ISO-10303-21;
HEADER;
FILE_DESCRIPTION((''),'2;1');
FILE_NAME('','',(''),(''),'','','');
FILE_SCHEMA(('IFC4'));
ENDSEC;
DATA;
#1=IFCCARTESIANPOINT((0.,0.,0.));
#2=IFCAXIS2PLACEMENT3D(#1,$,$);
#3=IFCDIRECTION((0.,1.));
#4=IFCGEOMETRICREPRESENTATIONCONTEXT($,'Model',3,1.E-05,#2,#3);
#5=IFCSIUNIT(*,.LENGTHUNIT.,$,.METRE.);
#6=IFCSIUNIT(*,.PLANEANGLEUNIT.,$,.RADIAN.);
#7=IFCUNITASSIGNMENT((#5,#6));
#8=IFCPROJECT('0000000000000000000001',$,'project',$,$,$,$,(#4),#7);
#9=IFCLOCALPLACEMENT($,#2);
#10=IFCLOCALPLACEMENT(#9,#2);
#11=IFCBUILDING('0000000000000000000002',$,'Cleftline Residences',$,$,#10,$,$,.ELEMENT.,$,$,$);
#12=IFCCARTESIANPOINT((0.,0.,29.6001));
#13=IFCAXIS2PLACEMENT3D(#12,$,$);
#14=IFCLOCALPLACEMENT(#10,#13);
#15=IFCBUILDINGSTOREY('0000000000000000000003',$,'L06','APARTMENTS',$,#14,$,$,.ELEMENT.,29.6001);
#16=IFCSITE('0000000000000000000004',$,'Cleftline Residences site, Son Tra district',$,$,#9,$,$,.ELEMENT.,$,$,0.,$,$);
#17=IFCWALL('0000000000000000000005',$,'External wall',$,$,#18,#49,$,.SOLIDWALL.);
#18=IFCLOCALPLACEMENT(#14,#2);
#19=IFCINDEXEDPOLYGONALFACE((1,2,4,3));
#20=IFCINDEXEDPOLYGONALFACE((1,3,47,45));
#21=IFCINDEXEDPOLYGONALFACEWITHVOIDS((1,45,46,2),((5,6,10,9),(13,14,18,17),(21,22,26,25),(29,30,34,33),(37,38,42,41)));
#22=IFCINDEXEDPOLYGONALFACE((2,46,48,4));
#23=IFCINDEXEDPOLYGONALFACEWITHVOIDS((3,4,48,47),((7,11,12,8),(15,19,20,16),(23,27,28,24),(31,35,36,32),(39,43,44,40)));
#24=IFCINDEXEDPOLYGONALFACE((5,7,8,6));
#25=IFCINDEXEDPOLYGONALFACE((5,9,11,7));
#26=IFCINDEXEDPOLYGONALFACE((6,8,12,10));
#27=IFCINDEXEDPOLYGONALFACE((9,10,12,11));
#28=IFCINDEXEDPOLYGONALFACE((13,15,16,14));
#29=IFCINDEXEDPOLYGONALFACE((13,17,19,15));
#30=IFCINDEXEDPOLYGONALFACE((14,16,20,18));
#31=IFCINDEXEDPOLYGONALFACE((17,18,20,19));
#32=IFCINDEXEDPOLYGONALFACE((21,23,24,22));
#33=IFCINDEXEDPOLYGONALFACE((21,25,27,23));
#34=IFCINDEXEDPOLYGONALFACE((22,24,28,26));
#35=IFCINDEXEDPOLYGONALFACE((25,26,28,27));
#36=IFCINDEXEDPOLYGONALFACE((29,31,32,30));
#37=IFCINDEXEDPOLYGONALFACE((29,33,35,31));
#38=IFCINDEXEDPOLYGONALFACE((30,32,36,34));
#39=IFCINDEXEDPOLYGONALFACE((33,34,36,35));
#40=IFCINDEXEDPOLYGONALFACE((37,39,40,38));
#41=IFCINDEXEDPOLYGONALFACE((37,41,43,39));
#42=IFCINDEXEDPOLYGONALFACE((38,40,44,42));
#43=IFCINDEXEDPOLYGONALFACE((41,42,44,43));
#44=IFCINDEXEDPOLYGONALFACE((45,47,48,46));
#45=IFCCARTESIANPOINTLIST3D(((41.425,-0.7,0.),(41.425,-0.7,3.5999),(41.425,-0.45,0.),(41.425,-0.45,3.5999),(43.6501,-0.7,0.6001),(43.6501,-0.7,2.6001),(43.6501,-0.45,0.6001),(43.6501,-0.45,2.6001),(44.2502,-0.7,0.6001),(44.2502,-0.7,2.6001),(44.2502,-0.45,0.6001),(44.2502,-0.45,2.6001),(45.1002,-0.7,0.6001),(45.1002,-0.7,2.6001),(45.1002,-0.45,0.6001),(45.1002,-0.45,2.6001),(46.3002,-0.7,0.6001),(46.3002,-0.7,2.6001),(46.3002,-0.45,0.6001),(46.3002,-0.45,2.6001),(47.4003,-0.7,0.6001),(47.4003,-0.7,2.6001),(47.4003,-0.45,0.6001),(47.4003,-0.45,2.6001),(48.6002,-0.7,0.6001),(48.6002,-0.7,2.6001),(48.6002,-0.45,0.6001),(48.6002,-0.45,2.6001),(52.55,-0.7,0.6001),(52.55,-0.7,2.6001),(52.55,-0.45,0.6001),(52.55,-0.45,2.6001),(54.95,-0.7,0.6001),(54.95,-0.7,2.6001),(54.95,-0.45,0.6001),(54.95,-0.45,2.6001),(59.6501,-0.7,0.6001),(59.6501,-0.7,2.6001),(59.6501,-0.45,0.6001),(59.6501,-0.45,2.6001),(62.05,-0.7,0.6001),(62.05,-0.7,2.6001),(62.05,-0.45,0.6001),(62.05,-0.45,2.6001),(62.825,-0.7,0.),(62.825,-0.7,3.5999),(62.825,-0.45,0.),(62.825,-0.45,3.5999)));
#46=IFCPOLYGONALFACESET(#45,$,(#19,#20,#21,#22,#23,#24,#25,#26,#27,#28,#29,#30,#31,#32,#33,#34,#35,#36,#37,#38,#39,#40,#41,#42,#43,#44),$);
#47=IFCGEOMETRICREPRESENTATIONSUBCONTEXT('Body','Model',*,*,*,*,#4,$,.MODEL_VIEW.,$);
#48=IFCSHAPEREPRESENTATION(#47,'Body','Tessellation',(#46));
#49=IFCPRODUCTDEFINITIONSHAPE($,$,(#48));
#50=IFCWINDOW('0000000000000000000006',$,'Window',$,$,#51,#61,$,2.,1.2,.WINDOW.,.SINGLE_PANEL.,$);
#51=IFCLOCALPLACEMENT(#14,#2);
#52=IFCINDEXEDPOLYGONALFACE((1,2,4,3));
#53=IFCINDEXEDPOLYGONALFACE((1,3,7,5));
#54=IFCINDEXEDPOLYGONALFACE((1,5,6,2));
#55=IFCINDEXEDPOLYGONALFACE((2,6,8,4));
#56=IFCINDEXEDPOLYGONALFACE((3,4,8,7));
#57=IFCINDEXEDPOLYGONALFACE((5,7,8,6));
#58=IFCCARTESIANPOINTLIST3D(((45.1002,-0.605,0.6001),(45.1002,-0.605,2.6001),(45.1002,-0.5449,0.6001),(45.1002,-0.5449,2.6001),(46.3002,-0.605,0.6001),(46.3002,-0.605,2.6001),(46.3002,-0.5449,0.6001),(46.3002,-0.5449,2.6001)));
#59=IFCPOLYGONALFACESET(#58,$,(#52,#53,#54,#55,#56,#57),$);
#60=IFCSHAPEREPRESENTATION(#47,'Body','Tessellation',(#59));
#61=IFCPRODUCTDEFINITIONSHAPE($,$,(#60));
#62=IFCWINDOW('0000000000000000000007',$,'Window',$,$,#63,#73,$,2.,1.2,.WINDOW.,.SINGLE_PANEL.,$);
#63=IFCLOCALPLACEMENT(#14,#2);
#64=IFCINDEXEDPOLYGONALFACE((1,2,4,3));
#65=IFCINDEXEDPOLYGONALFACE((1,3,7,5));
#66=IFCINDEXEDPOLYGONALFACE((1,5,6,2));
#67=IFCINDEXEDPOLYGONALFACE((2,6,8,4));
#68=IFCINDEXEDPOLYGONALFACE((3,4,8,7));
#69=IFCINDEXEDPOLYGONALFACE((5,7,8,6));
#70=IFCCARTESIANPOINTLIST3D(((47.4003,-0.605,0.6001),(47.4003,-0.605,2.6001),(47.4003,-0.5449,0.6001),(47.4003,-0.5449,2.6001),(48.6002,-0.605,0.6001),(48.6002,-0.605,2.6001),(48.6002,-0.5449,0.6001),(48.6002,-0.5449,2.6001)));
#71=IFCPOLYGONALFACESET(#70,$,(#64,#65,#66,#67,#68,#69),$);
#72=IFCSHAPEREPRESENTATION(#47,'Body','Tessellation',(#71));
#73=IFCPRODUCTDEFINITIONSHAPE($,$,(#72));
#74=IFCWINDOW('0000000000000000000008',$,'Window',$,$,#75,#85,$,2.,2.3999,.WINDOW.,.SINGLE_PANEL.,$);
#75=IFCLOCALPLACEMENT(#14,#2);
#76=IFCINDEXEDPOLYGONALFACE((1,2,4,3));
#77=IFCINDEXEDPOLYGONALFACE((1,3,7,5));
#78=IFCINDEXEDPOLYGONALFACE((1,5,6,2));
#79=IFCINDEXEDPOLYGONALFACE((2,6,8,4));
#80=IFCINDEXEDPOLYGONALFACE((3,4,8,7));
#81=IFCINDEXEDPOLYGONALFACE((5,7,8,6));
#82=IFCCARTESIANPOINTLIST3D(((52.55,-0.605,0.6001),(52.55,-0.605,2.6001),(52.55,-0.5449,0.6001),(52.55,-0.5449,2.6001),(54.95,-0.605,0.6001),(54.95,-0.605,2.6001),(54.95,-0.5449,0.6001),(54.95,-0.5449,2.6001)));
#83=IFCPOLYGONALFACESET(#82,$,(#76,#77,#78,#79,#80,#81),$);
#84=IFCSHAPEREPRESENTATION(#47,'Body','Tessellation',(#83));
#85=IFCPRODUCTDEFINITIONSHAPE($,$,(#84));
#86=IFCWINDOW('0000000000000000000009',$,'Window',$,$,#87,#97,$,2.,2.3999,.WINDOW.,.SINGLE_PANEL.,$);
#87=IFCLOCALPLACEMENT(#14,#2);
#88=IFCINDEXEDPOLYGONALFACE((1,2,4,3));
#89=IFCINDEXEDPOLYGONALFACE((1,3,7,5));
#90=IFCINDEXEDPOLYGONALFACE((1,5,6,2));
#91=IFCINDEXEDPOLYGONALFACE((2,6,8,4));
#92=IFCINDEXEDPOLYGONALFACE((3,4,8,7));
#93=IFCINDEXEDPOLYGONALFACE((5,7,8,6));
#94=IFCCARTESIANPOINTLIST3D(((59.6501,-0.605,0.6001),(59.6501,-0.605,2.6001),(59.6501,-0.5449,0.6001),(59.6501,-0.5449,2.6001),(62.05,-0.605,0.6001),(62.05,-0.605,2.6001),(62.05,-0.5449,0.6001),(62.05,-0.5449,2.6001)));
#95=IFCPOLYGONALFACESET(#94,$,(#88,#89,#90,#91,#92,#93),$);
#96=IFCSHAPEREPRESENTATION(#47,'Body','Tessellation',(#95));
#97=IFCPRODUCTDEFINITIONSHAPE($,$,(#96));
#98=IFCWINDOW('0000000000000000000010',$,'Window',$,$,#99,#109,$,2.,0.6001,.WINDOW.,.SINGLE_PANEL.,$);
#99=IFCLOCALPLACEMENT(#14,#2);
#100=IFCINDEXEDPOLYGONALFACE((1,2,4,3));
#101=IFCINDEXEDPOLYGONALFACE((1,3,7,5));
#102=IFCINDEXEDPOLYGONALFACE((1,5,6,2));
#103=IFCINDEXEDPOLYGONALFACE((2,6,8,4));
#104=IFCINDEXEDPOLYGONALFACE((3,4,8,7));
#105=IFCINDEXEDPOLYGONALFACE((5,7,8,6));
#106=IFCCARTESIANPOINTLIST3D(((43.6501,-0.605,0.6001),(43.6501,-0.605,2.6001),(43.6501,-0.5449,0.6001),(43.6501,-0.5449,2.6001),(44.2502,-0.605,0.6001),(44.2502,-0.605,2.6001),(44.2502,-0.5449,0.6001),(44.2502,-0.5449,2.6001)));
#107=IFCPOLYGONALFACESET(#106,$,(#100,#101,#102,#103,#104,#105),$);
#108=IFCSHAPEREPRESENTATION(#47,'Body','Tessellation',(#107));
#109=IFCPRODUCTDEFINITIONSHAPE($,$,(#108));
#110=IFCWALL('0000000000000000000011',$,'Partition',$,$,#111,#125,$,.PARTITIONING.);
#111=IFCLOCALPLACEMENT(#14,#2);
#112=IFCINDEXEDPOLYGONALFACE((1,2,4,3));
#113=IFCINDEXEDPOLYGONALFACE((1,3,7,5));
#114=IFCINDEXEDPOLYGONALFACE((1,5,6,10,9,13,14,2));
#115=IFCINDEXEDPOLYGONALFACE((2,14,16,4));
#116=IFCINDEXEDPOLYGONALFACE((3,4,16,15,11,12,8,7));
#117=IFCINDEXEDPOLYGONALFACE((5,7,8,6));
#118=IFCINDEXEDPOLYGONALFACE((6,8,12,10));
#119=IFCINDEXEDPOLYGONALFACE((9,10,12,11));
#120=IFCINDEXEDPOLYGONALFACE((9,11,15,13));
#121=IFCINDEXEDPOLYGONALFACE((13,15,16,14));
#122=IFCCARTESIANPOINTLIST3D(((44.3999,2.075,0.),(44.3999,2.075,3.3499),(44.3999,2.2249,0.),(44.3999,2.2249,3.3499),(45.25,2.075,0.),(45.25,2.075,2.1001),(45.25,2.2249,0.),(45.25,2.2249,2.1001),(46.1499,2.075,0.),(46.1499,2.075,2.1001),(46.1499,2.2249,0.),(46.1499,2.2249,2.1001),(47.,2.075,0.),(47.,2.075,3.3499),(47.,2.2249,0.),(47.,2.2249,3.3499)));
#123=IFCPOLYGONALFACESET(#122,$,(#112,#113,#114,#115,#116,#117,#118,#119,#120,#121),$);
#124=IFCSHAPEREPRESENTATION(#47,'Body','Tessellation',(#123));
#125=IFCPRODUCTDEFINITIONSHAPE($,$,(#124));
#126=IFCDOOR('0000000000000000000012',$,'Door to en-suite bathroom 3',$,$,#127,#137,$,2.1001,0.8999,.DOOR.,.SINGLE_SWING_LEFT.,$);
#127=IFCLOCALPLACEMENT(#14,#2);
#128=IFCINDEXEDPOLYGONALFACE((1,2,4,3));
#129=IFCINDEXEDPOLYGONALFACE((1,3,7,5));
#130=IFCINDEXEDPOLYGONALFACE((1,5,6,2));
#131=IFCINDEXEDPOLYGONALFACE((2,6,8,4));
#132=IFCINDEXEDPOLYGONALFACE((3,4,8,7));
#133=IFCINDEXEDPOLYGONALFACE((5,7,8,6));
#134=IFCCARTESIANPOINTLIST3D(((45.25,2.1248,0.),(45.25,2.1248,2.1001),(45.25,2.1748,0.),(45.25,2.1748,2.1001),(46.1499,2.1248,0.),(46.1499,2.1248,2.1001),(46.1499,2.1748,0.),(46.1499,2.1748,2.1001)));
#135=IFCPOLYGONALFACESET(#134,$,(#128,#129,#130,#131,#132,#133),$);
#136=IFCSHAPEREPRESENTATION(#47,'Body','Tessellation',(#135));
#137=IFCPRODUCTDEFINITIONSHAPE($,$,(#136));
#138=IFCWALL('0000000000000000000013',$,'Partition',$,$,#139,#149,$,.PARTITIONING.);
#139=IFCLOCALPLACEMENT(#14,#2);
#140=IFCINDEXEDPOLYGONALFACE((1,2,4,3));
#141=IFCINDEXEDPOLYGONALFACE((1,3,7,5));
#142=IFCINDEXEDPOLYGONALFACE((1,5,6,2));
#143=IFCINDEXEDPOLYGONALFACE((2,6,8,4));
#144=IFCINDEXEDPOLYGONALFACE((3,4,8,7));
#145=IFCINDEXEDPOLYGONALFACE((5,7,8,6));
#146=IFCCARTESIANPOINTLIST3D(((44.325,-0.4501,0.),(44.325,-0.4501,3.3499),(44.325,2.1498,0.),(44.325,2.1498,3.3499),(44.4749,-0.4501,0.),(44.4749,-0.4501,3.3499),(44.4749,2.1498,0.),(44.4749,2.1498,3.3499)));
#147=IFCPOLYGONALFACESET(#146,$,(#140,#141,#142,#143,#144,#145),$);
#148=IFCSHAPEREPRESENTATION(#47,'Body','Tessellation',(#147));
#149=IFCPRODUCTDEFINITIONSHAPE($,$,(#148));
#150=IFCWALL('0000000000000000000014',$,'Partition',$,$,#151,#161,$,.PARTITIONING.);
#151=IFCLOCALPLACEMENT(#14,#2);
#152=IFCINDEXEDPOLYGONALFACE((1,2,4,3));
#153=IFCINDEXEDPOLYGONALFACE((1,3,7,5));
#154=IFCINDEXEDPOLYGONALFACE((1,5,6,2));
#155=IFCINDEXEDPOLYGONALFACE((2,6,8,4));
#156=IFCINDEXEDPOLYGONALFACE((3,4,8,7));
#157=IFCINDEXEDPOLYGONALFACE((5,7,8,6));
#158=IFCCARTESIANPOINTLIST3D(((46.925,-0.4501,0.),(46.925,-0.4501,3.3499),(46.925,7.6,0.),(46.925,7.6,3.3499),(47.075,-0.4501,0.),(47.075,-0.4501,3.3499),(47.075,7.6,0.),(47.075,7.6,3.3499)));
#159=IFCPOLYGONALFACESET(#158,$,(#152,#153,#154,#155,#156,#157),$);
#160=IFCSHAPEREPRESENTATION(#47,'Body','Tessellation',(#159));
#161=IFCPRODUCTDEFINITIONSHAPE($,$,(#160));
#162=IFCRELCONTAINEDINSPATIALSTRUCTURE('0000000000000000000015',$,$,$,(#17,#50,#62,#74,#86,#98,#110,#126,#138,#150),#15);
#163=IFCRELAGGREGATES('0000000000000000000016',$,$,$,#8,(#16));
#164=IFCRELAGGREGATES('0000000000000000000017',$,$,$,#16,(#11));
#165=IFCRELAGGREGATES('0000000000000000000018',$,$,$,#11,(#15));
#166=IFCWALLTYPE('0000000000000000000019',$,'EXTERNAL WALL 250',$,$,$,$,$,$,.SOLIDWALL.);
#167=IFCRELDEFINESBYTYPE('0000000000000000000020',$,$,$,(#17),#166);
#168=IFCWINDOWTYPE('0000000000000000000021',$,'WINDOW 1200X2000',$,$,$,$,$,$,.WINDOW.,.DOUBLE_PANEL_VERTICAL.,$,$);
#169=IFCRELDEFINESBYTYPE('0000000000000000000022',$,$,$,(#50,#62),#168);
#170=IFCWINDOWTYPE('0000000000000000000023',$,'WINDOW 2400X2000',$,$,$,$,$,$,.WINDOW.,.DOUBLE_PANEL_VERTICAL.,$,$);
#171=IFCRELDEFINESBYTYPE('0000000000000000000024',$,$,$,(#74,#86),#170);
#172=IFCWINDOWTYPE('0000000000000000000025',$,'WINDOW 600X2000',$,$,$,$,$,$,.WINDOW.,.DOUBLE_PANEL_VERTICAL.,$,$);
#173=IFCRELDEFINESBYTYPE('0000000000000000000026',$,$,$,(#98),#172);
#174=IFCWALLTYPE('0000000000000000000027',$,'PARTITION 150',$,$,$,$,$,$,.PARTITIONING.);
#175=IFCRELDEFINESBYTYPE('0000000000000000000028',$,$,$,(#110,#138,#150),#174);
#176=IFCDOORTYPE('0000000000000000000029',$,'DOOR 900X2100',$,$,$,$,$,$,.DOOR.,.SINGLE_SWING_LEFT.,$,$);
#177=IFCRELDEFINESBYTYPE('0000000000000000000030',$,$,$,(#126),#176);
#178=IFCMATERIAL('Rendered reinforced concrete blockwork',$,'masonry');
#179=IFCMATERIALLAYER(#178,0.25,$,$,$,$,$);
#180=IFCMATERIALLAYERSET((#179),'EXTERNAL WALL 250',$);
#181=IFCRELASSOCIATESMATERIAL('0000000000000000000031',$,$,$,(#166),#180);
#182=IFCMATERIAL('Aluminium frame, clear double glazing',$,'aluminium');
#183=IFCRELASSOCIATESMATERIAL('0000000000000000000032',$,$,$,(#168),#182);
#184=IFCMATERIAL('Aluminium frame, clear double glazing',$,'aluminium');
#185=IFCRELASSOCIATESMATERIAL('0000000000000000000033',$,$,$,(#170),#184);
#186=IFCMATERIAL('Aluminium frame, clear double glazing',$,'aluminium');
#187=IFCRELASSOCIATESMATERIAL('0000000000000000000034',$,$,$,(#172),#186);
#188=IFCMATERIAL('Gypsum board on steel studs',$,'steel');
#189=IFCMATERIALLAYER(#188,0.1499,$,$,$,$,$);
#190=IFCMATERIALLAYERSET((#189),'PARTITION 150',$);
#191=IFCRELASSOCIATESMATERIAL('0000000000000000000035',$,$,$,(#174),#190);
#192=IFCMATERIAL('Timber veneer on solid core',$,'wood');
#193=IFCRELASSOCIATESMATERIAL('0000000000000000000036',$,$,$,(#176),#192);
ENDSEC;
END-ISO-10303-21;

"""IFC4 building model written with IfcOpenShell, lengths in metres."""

from ifc_helpers import new_model, si_unit, direction, frame, frame_2d, origin, place, context, subcontext, project, spatial, rectangle, extrude, material, layer, layer_set, type_object, element, fill, save


model = new_model("IFC4")

# Units and contexts
model_context = context("Model", 3, precision=1e-05, world=origin(), true_north=direction((0.0, 1.0)))
body_context = subcontext(model_context, "Body", "Model", "MODEL_VIEW")
ifc_project = project(units=[si_unit("LENGTHUNIT", "METRE"), si_unit("PLANEANGLEUNIT", "RADIAN")], contexts=[model_context])

# Site, building, storey
site_placement = place(None, origin())
site = spatial("IfcSite", under=ifc_project, at=site_placement, Name="Cleftline Residences site, Son Tra district", CompositionType="ELEMENT", RefElevation=0.0)
building_placement = place(site_placement, origin())
building = spatial("IfcBuilding", under=site, at=building_placement, Name="Cleftline Residences", CompositionType="ELEMENT")
storey_placement = place(building_placement, frame((0.0, 0.0, 29.6001)))
storey = spatial("IfcBuildingStorey", under=building, at=storey_placement, Name="L06", Description="APARTMENTS", CompositionType="ELEMENT", Elevation=29.6001)

# Wall, openings, windows
ifc_material_1 = material(Name="Rendered reinforced concrete blockwork", Category="masonry")
ifc_layer_1 = layer(ifc_material_1, 0.25)
ifc_layer_set_1 = layer_set([ifc_layer_1], Name="EXTERNAL WALL 250")
wall_type_1 = type_object("IfcWallType", Name="EXTERNAL WALL 250", PredefinedType="SOLIDWALL", material=ifc_layer_set_1)
wall_1_placement = place(storey_placement, frame((41.425, -0.575, 0.0), z_axis=(0.0, 0.0, 1.0), x_axis=(1.0, 0.0, 0.0)))
wall_1 = element("IfcWall", 1, at=wall_1_placement, inside=storey, type_object=wall_type_1, Name="External wall", PredefinedType="SOLIDWALL", context=body_context, shape_type="SweptSolid", body=[
    extrude(rectangle(XDim=21.3999, YDim=0.25, at=frame_2d((10.7, 0.0))), origin(), (0.0, 0.0, 1.0), 3.5999),
])
opening_1_placement = place(wall_1_placement, frame((2.2251, 0.0, 0.6001)))
opening_1 = element("IfcOpeningElement", 2, at=opening_1_placement, cuts=wall_1, PredefinedType="OPENING", context=body_context, shape_type="SweptSolid", body=[
    extrude(rectangle(XDim=0.6001, YDim=2.0, at=frame_2d((0.3, 1.0))), frame((0.0, 0.135, 0.0), z_axis=(0.0, -1.0, 0.0), x_axis=(1.0, 0.0, 0.0)), (0.0, 0.0, 1.0), 0.27),
])
opening_2_placement = place(wall_1_placement, frame((3.675, 0.0, 0.6001)))
opening_2 = element("IfcOpeningElement", 3, at=opening_2_placement, cuts=wall_1, PredefinedType="OPENING", context=body_context, shape_type="SweptSolid", body=[
    extrude(rectangle(XDim=1.2, YDim=2.0, at=frame_2d((0.6001, 1.0))), frame((0.0, 0.135, 0.0), z_axis=(0.0, -1.0, 0.0), x_axis=(1.0, 0.0, 0.0)), (0.0, 0.0, 1.0), 0.27),
])
opening_3_placement = place(wall_1_placement, frame((5.9751, 0.0, 0.6001)))
opening_3 = element("IfcOpeningElement", 4, at=opening_3_placement, cuts=wall_1, PredefinedType="OPENING", context=body_context, shape_type="SweptSolid", body=[
    extrude(rectangle(XDim=1.2, YDim=2.0, at=frame_2d((0.6001, 1.0))), frame((0.0, 0.135, 0.0), z_axis=(0.0, -1.0, 0.0), x_axis=(1.0, 0.0, 0.0)), (0.0, 0.0, 1.0), 0.27),
])
opening_4_placement = place(wall_1_placement, frame((11.125, 0.0, 0.6001)))
opening_4 = element("IfcOpeningElement", 5, at=opening_4_placement, cuts=wall_1, PredefinedType="OPENING", context=body_context, shape_type="SweptSolid", body=[
    extrude(rectangle(XDim=2.3999, YDim=2.0, at=frame_2d((1.2, 1.0))), frame((0.0, 0.135, 0.0), z_axis=(0.0, -1.0, 0.0), x_axis=(1.0, 0.0, 0.0)), (0.0, 0.0, 1.0), 0.27),
])
opening_5_placement = place(wall_1_placement, frame((18.2251, 0.0, 0.6001)))
opening_5 = element("IfcOpeningElement", 6, at=opening_5_placement, cuts=wall_1, PredefinedType="OPENING", context=body_context, shape_type="SweptSolid", body=[
    extrude(rectangle(XDim=2.3999, YDim=2.0, at=frame_2d((1.2, 1.0))), frame((0.0, 0.135, 0.0), z_axis=(0.0, -1.0, 0.0), x_axis=(1.0, 0.0, 0.0)), (0.0, 0.0, 1.0), 0.27),
])
ifc_material_2 = material(Name="Aluminium frame, clear double glazing", Category="aluminium")
window_type_1 = type_object("IfcWindowType", Name="WINDOW 1200X2000", PartitioningType="DOUBLE_PANEL_VERTICAL", PredefinedType="WINDOW", material=ifc_material_2)
window_1_placement = place(opening_2_placement, origin())
window_1 = element("IfcWindow", 7, at=window_1_placement, inside=storey, type_object=window_type_1, Name="Window", OverallHeight=2.0, OverallWidth=1.2, PartitioningType="SINGLE_PANEL", PredefinedType="WINDOW", context=body_context, shape_type="SweptSolid", body=[
    extrude(rectangle(XDim=1.2, YDim=2.0, at=frame_2d((0.6001, 1.0))), frame((0.0, 0.03, 0.0), z_axis=(0.0, -1.0, 0.0), x_axis=(1.0, 0.0, 0.0)), (0.0, 0.0, 1.0), 0.0601),
])
fill(opening_2, window_1)
window_2_placement = place(opening_3_placement, origin())
window_2 = element("IfcWindow", 8, at=window_2_placement, inside=storey, type_object=window_type_1, Name="Window", OverallHeight=2.0, OverallWidth=1.2, PartitioningType="SINGLE_PANEL", PredefinedType="WINDOW", context=body_context, shape_type="SweptSolid", body=[
    extrude(rectangle(XDim=1.2, YDim=2.0, at=frame_2d((0.6001, 1.0))), frame((0.0, 0.03, 0.0), z_axis=(0.0, -1.0, 0.0), x_axis=(1.0, 0.0, 0.0)), (0.0, 0.0, 1.0), 0.0601),
])
fill(opening_3, window_2)
ifc_material_3 = material(Name="Aluminium frame, clear double glazing", Category="aluminium")
window_type_2 = type_object("IfcWindowType", Name="WINDOW 2400X2000", PartitioningType="DOUBLE_PANEL_VERTICAL", PredefinedType="WINDOW", material=ifc_material_3)
window_3_placement = place(opening_4_placement, origin())
window_3 = element("IfcWindow", 9, at=window_3_placement, inside=storey, type_object=window_type_2, Name="Window", OverallHeight=2.0, OverallWidth=2.3999, PartitioningType="SINGLE_PANEL", PredefinedType="WINDOW", context=body_context, shape_type="SweptSolid", body=[
    extrude(rectangle(XDim=2.3999, YDim=2.0, at=frame_2d((1.2, 1.0))), frame((0.0, 0.03, 0.0), z_axis=(0.0, -1.0, 0.0), x_axis=(1.0, 0.0, 0.0)), (0.0, 0.0, 1.0), 0.0601),
])
fill(opening_4, window_3)
window_4_placement = place(opening_5_placement, origin())
window_4 = element("IfcWindow", 10, at=window_4_placement, inside=storey, type_object=window_type_2, Name="Window", OverallHeight=2.0, OverallWidth=2.3999, PartitioningType="SINGLE_PANEL", PredefinedType="WINDOW", context=body_context, shape_type="SweptSolid", body=[
    extrude(rectangle(XDim=2.3999, YDim=2.0, at=frame_2d((1.2, 1.0))), frame((0.0, 0.03, 0.0), z_axis=(0.0, -1.0, 0.0), x_axis=(1.0, 0.0, 0.0)), (0.0, 0.0, 1.0), 0.0601),
])
fill(opening_5, window_4)
ifc_material_4 = material(Name="Aluminium frame, clear double glazing", Category="aluminium")
window_type_3 = type_object("IfcWindowType", Name="WINDOW 600X2000", PartitioningType="DOUBLE_PANEL_VERTICAL", PredefinedType="WINDOW", material=ifc_material_4)
window_5_placement = place(opening_1_placement, origin())
window_5 = element("IfcWindow", 11, at=window_5_placement, inside=storey, type_object=window_type_3, Name="Window", OverallHeight=2.0, OverallWidth=0.6001, PartitioningType="SINGLE_PANEL", PredefinedType="WINDOW", context=body_context, shape_type="SweptSolid", body=[
    extrude(rectangle(XDim=0.6001, YDim=2.0, at=frame_2d((0.3, 1.0))), frame((0.0, 0.03, 0.0), z_axis=(0.0, -1.0, 0.0), x_axis=(1.0, 0.0, 0.0)), (0.0, 0.0, 1.0), 0.0601),
])
fill(opening_1, window_5)

# Wall, opening, door
ifc_material_5 = material(Name="Gypsum board on steel studs", Category="steel")
ifc_layer_2 = layer(ifc_material_5, 0.1499)
ifc_layer_set_2 = layer_set([ifc_layer_2], Name="PARTITION 150")
wall_type_2 = type_object("IfcWallType", Name="PARTITION 150", PredefinedType="PARTITIONING", material=ifc_layer_set_2)
wall_2_placement = place(storey_placement, frame((44.3999, 2.1499, 0.0), z_axis=(0.0, 0.0, 1.0), x_axis=(1.0, 0.0, 0.0)))
wall_2 = element("IfcWall", 12, at=wall_2_placement, inside=storey, type_object=wall_type_2, Name="Partition", PredefinedType="PARTITIONING", context=body_context, shape_type="SweptSolid", body=[
    extrude(rectangle(XDim=2.6001, YDim=0.1499, at=frame_2d((1.3, 0.0))), origin(), (0.0, 0.0, 1.0), 3.3499),
])
opening_6_placement = place(wall_2_placement, frame((0.8501, 0.0, 0.0)))
opening_6 = element("IfcOpeningElement", 13, at=opening_6_placement, cuts=wall_2, PredefinedType="OPENING", context=body_context, shape_type="SweptSolid", body=[
    extrude(rectangle(XDim=0.8999, YDim=2.1001, at=frame_2d((0.45, 1.05))), frame((0.0, 0.085, 0.0), z_axis=(0.0, -1.0, 0.0), x_axis=(1.0, 0.0, 0.0)), (0.0, 0.0, 1.0), 0.1699),
])
ifc_material_6 = material(Name="Timber veneer on solid core", Category="wood")
door_type = type_object("IfcDoorType", Name="DOOR 900X2100", OperationType="SINGLE_SWING_LEFT", PredefinedType="DOOR", material=ifc_material_6)
door_placement = place(opening_6_placement, origin())
door = element("IfcDoor", 14, at=door_placement, inside=storey, type_object=door_type, Name="Door to en-suite bathroom 3", OperationType="SINGLE_SWING_LEFT", OverallHeight=2.1001, OverallWidth=0.8999, PredefinedType="DOOR", context=body_context, shape_type="SweptSolid", body=[
    extrude(rectangle(XDim=0.8999, YDim=2.1001, at=frame_2d((0.45, 1.05))), frame((0.0, 0.0249, 0.0), z_axis=(0.0, -1.0, 0.0), x_axis=(1.0, 0.0, 0.0)), (0.0, 0.0, 1.0), 0.05),
])
fill(opening_6, door)

# Walls
wall_3_placement = place(storey_placement, frame((44.3999, -0.45, 0.0), z_axis=(0.0, 0.0, 1.0), x_axis=(0.0, 1.0, 0.0)))
element("IfcWall", 15, at=wall_3_placement, inside=storey, type_object=wall_type_2, Name="Partition", PredefinedType="PARTITIONING", context=body_context, shape_type="SweptSolid", body=[
    extrude(rectangle(XDim=2.5999, YDim=0.1499, at=frame_2d((1.2998, 0.0))), origin(), (0.0, 0.0, 1.0), 3.3499),
])
wall_4_placement = place(storey_placement, frame((47.0, -0.45, 0.0), z_axis=(0.0, 0.0, 1.0), x_axis=(0.0, 1.0, 0.0)))
element("IfcWall", 16, at=wall_4_placement, inside=storey, type_object=wall_type_2, Name="Partition", PredefinedType="PARTITIONING", context=body_context, shape_type="SweptSolid", body=[
    extrude(rectangle(XDim=8.05, YDim=0.1499, at=frame_2d((4.0249, 0.0))), origin(), (0.0, 0.0, 1.0), 3.3499),
])

save(model, "model.ifc")
